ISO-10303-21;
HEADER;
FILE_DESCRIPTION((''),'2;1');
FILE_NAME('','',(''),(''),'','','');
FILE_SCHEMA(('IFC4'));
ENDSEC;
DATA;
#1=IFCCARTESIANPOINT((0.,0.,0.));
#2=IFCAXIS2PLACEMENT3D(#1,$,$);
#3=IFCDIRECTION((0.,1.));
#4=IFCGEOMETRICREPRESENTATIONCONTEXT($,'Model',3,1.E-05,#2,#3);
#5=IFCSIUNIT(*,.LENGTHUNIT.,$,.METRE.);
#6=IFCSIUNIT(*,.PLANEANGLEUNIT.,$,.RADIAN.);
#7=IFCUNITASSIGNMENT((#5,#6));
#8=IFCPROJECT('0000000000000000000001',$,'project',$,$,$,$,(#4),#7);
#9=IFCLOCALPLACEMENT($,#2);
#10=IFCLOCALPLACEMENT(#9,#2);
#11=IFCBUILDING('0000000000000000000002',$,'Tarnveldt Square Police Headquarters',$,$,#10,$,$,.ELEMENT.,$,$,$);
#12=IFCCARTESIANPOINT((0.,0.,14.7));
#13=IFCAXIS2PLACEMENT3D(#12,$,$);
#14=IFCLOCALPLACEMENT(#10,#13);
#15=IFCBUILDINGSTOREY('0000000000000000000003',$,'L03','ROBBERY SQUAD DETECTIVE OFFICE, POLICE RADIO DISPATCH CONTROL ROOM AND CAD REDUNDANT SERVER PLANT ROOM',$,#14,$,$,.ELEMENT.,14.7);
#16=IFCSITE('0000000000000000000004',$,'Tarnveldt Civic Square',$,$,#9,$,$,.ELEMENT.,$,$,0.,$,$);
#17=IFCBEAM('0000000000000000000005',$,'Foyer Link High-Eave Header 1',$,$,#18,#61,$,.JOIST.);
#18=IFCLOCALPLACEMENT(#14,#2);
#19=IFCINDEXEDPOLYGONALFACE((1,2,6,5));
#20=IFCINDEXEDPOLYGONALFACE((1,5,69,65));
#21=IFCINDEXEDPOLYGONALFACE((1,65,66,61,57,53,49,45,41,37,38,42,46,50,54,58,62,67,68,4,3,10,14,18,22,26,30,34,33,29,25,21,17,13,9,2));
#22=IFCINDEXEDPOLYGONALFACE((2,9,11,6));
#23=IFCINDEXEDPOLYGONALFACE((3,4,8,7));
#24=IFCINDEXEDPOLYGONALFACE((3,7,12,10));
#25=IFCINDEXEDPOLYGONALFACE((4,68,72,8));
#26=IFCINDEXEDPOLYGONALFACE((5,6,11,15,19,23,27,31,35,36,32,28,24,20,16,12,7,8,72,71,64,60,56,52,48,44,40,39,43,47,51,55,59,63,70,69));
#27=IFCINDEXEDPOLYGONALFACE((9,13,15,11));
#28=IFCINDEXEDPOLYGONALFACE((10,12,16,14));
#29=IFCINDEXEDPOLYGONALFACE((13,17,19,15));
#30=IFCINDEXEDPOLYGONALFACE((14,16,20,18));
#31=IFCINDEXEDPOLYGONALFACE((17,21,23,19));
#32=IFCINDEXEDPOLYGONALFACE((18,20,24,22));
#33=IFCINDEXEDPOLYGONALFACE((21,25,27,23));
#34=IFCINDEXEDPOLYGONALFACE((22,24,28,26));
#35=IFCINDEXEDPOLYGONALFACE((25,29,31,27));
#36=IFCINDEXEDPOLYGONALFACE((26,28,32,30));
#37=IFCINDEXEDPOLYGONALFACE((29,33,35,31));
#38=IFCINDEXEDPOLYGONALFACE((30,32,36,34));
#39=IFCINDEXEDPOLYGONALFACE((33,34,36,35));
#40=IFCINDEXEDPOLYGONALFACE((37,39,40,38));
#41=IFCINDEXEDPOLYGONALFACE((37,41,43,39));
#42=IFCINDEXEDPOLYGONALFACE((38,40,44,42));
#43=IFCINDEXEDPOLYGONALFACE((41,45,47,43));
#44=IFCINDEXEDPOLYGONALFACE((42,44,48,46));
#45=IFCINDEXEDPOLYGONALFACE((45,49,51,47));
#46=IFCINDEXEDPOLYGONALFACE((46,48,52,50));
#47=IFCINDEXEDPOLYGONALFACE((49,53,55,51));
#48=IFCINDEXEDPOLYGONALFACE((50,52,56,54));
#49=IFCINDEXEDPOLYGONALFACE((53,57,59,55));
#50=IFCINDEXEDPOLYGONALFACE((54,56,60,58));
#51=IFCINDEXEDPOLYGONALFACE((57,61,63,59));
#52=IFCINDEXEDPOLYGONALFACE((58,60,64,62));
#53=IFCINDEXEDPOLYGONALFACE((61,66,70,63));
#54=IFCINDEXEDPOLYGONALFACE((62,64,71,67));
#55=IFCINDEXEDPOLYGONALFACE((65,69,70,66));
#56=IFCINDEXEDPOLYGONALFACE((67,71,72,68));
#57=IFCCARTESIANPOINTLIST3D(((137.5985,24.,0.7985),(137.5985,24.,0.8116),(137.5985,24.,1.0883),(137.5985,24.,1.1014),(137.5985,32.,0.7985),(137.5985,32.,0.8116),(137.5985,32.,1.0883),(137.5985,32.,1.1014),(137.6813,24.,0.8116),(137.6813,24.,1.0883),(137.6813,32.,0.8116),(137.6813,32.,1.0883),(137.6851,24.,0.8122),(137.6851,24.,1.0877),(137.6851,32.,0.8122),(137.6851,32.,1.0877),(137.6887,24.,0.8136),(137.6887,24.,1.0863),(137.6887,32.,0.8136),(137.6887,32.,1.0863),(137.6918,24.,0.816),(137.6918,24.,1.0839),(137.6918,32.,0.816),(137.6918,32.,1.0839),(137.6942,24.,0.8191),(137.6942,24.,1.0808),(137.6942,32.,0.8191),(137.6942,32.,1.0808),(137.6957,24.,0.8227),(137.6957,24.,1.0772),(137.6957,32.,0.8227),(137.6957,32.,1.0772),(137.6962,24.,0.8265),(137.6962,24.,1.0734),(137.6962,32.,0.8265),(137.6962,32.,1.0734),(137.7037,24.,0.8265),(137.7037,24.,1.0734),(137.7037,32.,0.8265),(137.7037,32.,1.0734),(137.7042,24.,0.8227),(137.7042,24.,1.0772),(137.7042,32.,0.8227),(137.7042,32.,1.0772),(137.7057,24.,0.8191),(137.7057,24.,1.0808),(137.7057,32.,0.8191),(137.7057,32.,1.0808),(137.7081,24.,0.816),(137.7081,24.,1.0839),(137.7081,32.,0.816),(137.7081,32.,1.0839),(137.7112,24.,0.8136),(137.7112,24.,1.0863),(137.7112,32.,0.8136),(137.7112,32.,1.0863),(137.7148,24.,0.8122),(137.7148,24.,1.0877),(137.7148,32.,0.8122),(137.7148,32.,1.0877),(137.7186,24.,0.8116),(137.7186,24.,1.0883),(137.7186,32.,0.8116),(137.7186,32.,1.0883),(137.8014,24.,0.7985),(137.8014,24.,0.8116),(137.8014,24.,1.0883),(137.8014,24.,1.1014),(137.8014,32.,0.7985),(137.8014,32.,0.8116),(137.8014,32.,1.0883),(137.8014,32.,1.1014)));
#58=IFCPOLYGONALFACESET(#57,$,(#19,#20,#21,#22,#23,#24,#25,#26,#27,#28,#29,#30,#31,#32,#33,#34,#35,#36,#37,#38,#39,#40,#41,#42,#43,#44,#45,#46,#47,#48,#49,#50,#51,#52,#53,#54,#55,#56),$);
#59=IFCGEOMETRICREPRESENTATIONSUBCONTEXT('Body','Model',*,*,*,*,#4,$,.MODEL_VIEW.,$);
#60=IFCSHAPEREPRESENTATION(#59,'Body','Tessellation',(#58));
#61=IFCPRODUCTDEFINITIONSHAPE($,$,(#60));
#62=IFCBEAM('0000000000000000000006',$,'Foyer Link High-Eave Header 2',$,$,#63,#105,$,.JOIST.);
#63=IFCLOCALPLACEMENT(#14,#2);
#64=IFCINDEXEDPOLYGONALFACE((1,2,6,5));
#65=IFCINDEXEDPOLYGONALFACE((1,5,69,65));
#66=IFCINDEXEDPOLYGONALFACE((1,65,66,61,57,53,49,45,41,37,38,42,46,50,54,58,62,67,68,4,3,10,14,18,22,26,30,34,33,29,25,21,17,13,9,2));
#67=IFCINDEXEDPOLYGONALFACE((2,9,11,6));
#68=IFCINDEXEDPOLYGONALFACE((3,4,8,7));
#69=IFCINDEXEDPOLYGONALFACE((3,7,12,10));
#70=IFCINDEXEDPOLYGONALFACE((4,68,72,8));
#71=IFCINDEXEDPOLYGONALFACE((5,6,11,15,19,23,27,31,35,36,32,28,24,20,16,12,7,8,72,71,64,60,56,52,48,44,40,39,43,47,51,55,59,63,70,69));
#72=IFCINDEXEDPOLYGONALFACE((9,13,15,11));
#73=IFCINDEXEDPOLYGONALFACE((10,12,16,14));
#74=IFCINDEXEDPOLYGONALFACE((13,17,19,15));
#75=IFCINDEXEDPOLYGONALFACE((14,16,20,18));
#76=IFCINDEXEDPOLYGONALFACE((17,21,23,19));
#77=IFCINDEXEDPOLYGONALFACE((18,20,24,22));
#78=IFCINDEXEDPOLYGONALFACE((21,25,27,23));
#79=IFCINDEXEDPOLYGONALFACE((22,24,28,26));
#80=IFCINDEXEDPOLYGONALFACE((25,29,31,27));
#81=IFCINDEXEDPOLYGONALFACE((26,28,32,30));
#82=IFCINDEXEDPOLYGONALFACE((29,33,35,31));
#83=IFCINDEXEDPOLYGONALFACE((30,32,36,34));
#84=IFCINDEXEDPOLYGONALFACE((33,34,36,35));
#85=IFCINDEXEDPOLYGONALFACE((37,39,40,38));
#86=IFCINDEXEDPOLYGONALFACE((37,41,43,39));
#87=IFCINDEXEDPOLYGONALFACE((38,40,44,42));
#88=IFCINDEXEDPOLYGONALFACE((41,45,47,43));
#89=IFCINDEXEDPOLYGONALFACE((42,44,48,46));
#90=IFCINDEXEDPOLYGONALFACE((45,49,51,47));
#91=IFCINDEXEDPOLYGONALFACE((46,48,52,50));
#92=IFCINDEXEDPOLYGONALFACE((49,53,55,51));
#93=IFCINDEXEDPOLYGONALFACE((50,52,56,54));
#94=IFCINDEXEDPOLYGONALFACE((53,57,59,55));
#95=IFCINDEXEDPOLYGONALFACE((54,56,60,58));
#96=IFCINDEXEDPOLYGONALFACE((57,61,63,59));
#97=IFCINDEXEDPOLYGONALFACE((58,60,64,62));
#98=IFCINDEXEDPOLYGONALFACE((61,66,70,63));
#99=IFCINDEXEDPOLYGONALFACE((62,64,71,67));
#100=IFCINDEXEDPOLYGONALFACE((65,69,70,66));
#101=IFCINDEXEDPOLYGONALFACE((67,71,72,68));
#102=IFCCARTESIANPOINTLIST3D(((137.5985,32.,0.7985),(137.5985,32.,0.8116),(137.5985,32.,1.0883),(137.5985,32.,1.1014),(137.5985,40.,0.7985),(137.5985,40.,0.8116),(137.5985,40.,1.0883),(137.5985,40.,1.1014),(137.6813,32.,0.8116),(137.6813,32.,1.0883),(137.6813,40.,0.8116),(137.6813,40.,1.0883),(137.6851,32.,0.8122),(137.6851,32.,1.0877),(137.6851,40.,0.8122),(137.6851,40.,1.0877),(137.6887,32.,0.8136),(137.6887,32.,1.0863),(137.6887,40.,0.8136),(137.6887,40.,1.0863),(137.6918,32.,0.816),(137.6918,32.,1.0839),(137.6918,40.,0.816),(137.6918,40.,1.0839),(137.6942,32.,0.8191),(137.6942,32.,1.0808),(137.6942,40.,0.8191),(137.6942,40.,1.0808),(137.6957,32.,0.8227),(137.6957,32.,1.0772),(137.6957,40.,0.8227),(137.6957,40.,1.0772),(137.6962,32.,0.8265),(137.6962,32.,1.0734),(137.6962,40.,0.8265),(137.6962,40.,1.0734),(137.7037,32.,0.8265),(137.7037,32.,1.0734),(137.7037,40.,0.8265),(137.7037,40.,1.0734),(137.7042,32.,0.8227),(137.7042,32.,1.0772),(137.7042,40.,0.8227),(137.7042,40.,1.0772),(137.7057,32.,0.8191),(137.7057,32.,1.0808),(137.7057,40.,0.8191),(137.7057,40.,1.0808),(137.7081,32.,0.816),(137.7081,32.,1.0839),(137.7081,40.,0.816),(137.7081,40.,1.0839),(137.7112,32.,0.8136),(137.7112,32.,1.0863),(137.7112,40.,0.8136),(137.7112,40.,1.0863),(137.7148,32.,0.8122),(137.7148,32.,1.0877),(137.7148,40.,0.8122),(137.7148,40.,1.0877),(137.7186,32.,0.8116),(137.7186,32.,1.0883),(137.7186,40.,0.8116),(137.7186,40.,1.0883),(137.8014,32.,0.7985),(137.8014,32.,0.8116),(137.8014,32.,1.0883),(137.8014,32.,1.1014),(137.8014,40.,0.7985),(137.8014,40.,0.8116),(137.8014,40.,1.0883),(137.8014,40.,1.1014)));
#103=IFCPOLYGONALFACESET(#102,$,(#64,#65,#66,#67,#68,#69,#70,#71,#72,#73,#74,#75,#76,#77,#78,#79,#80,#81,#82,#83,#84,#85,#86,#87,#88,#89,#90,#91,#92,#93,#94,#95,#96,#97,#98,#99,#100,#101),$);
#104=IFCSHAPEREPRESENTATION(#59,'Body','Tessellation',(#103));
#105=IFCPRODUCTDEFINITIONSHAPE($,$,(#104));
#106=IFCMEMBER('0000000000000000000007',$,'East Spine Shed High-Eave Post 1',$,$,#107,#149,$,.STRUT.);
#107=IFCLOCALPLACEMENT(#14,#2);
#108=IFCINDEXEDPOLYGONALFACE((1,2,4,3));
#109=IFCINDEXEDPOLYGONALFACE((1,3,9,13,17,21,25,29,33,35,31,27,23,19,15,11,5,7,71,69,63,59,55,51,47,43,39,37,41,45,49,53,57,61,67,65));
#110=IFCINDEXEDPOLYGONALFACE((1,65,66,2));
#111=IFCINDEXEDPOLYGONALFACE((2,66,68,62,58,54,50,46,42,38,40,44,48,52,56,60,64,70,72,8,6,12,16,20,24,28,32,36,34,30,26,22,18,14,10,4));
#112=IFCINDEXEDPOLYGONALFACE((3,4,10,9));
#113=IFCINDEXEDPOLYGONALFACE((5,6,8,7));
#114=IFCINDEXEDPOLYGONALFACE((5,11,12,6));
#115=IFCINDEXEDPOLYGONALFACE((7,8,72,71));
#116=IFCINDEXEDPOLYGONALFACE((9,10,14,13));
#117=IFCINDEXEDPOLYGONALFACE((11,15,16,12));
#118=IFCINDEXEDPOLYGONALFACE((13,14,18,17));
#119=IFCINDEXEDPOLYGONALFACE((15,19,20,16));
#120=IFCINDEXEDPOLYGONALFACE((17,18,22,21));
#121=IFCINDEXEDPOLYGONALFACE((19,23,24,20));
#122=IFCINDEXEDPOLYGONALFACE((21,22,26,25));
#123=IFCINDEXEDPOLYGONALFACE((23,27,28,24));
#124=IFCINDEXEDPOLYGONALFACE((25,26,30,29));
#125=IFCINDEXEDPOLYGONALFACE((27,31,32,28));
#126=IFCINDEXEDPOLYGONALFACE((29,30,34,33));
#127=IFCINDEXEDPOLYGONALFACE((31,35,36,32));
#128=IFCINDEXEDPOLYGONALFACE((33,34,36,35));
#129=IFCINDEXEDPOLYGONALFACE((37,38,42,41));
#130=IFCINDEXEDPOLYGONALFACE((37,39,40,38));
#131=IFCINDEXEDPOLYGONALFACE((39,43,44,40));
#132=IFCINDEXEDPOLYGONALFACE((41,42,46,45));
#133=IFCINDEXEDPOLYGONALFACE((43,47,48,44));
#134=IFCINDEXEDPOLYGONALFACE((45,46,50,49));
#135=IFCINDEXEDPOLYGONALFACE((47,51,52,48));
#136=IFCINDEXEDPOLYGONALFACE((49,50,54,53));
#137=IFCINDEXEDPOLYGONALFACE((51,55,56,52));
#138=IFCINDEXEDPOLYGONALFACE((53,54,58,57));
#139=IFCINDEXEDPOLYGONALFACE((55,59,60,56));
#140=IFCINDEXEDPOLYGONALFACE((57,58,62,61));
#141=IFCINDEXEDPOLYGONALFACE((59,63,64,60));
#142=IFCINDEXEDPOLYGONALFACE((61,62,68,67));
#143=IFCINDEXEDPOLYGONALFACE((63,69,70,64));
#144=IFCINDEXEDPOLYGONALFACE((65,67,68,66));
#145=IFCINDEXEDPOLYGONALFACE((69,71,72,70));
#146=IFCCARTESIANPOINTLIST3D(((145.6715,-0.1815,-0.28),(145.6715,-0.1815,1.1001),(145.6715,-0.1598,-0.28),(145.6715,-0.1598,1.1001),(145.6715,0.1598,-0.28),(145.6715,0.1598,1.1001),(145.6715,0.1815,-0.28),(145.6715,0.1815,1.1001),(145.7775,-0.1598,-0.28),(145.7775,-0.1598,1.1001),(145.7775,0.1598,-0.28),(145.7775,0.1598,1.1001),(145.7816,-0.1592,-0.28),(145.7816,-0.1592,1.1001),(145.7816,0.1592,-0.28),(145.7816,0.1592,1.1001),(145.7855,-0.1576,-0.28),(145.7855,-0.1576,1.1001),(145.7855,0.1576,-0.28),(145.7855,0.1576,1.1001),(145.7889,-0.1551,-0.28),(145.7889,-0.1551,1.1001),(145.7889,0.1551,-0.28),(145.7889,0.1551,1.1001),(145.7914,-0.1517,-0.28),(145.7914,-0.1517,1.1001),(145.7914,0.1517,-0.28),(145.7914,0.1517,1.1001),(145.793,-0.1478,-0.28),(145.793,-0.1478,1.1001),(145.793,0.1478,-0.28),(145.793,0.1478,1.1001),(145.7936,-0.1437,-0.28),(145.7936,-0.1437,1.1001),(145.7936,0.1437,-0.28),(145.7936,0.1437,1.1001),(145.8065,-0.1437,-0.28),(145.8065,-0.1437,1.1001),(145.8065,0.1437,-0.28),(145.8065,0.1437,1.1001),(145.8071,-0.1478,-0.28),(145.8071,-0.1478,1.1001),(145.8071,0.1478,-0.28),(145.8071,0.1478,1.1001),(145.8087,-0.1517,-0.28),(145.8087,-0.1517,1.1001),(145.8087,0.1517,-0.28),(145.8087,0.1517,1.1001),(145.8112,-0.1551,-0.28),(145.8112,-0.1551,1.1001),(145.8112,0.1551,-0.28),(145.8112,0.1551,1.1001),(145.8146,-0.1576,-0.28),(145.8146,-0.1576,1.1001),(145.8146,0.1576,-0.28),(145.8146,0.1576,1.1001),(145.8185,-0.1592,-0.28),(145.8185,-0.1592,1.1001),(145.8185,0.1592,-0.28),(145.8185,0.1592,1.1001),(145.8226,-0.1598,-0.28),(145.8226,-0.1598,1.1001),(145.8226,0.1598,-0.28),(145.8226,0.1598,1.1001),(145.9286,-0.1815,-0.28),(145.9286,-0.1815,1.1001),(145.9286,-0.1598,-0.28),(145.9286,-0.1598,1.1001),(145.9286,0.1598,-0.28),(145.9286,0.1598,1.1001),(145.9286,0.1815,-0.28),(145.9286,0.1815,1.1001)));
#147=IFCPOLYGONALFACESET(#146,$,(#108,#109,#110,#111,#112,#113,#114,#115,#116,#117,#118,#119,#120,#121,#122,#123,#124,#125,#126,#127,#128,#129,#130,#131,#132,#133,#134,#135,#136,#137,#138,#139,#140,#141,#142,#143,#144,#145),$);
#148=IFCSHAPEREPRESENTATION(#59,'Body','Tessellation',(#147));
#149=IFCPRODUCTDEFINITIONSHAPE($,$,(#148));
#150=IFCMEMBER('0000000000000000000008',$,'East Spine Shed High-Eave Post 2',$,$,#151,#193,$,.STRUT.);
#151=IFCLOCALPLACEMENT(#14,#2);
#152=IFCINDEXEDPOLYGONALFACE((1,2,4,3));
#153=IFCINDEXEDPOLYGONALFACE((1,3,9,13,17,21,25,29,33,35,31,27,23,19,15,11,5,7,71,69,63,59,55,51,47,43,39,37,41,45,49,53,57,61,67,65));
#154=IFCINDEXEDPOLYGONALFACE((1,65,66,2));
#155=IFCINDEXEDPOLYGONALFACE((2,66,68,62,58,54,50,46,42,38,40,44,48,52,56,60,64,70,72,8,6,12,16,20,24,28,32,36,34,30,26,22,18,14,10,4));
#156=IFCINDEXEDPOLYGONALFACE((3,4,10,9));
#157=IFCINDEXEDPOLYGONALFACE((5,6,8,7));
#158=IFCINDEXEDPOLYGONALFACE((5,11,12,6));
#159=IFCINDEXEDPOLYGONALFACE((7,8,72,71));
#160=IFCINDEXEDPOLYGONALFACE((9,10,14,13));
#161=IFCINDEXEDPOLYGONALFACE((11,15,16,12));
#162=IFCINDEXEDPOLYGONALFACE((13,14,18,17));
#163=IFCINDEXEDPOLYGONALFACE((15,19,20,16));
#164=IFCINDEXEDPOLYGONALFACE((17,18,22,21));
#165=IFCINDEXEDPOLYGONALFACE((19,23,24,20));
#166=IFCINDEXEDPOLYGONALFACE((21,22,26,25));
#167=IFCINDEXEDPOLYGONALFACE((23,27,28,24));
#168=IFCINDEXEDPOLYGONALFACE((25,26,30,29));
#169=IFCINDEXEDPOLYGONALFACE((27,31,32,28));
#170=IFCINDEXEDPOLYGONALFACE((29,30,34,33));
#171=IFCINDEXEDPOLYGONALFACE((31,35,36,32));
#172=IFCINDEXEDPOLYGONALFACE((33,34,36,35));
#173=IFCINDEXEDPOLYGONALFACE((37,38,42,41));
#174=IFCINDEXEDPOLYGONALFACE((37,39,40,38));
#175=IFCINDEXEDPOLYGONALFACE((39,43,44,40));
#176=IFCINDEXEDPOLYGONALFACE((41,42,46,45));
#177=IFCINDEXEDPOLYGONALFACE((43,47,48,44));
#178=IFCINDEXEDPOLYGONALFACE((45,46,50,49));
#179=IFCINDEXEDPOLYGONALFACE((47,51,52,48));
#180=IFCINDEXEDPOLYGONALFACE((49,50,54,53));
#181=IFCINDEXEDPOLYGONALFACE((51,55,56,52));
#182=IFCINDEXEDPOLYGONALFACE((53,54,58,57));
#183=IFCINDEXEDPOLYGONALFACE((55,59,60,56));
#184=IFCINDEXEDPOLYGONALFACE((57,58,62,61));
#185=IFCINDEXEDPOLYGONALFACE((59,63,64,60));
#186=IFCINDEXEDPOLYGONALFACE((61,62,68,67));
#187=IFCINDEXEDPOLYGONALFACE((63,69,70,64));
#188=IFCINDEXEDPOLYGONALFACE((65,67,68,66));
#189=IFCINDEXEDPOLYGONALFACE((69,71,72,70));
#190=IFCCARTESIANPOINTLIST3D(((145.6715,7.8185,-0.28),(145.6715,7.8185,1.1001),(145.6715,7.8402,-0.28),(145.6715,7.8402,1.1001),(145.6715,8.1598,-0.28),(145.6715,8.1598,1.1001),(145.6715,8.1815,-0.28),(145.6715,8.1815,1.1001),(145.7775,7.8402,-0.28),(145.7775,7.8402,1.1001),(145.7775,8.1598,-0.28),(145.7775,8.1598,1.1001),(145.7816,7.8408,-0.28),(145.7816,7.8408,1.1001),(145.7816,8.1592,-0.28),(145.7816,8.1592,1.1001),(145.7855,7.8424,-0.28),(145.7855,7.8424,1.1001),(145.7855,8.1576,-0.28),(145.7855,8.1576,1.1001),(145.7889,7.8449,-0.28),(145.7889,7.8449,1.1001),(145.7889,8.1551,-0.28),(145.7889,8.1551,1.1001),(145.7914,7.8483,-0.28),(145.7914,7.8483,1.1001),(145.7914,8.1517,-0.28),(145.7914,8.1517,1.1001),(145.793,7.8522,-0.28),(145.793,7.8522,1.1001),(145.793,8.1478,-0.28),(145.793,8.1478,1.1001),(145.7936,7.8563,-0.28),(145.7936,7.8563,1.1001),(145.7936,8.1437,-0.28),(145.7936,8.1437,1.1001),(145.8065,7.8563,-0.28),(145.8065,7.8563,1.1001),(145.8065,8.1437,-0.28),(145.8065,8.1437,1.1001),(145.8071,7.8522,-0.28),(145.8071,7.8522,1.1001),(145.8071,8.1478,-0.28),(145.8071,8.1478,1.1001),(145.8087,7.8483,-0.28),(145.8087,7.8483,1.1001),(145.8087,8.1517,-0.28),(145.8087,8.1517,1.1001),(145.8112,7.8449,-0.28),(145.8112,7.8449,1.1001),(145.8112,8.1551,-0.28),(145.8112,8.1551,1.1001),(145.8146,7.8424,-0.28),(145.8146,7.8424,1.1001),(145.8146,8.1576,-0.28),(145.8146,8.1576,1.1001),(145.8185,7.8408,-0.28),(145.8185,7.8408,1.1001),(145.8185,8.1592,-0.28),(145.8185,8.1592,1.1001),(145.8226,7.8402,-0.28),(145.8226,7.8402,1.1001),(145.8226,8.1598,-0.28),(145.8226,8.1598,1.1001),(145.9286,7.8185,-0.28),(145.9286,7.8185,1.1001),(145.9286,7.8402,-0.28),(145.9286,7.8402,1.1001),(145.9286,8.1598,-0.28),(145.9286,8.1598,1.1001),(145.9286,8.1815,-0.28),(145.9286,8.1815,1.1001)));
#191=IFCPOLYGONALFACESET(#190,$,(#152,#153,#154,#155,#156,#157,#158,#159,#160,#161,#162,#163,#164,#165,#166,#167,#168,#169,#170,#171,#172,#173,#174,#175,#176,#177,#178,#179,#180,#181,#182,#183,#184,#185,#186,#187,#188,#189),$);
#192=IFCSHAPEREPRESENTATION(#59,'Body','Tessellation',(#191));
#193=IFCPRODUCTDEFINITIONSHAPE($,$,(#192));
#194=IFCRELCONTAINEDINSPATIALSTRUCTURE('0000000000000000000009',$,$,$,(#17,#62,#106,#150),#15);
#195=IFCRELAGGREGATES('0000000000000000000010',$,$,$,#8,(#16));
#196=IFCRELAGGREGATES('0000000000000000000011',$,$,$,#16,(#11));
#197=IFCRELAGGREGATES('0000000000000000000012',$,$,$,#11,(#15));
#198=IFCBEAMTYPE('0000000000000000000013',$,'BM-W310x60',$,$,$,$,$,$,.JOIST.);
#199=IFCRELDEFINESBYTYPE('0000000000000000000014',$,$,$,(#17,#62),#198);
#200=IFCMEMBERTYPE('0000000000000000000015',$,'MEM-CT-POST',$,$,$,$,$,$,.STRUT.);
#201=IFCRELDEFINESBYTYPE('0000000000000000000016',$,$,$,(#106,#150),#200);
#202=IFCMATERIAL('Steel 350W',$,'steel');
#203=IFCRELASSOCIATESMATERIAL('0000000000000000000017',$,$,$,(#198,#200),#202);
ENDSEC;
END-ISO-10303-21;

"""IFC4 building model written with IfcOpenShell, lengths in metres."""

from ifc_helpers import new_model, si_unit, direction, frame, origin, origin_2d, place, context, subcontext, project, spatial, i_section, extrude, material, material_profile, profile_set, type_object, element, save


model = new_model("IFC4")

# Units and contexts
model_context = context("Model", 3, precision=1e-05, world=origin(), true_north=direction((0.0, 1.0)))
body_context = subcontext(model_context, "Body", "Model", "MODEL_VIEW")
ifc_project = project(units=[si_unit("LENGTHUNIT", "METRE"), si_unit("PLANEANGLEUNIT", "RADIAN")], contexts=[model_context])

# Site, building, storey
site_placement = place(None, origin())
site = spatial("IfcSite", under=ifc_project, at=site_placement, Name="Tarnveldt Civic Square", CompositionType="ELEMENT", RefElevation=0.0)
building_placement = place(site_placement, origin())
building = spatial("IfcBuilding", under=site, at=building_placement, Name="Tarnveldt Square Police Headquarters", CompositionType="ELEMENT")
storey_placement = place(building_placement, frame((0.0, 0.0, 14.7)))
storey = spatial("IfcBuildingStorey", under=building, at=storey_placement, Name="L03", Description="ROBBERY SQUAD DETECTIVE OFFICE, POLICE RADIO DISPATCH CONTROL ROOM AND CAD REDUNDANT SERVER PLANT ROOM", CompositionType="ELEMENT", Elevation=14.7)

# Beams
ifc_material_1 = material(Name="Steel 350W", Category="steel")
ifc_material_profile_1 = material_profile(ifc_material_1, i_section(OverallWidth=0.2029, OverallDepth=0.303, WebThickness=0.0076, FlangeThickness=0.0132, FilletRadius=0.0149, at=origin_2d()), Name="W310x60")
ifc_profile_set_1 = profile_set([ifc_material_profile_1], Name="Steel 350W")
beam_type = type_object("IfcBeamType", Name="BM-W310x60", PredefinedType="JOIST", material=ifc_profile_set_1)
for number, where, z_axis, x_axis, name in (
    (1, (137.7, 24.0, 0.95), (0.0, 1.0, 0.0), (-1.0, 0.0, 0.0), "Foyer Link High-Eave Header 1"),
    (2, (137.7, 32.0, 0.95), (0.0, 1.0, 0.0), (-1.0, 0.0, 0.0), "Foyer Link High-Eave Header 2"),
):
    element("IfcBeam", number, at=place(storey_placement, frame(where, z_axis=z_axis, x_axis=x_axis)), inside=storey, type_object=beam_type, Name=name, PredefinedType="JOIST", context=body_context, shape_type="SweptSolid", body=[
        extrude(i_section(OverallWidth=0.2029, OverallDepth=0.303, WebThickness=0.0076, FlangeThickness=0.0132, FilletRadius=0.0149, at=origin_2d()), origin(), (0.0, 0.0, 1.0), 8.0),
    ])

# Members
ifc_material_profile_2 = material_profile(ifc_material_1, i_section(OverallWidth=0.2571, OverallDepth=0.363, WebThickness=0.0129, FlangeThickness=0.0217, FilletRadius=0.0161, at=origin_2d()), Name="W360x122")
ifc_profile_set_2 = profile_set([ifc_material_profile_2], Name="Steel 350W")
member_type_1 = type_object("IfcMemberType", Name="MEM-CT-POST", PredefinedType="STRUT", material=ifc_profile_set_2)
for number, where, z_axis, x_axis, name in (
    (3, (145.8, 0.0, -0.28), (0.0, 0.0, 1.0), (1.0, 0.0, 0.0), "East Spine Shed High-Eave Post 1"),
    (4, (145.8, 8.0, -0.28), (0.0, 0.0, 1.0), (1.0, 0.0, 0.0), "East Spine Shed High-Eave Post 2"),
):
    element("IfcMember", number, at=place(storey_placement, frame(where, z_axis=z_axis, x_axis=x_axis)), inside=storey, type_object=member_type_1, Name=name, PredefinedType="STRUT", context=body_context, shape_type="SweptSolid", body=[
        extrude(i_section(OverallWidth=0.2571, OverallDepth=0.363, WebThickness=0.0129, FlangeThickness=0.0217, FilletRadius=0.0161, at=origin_2d()), origin(), (0.0, 0.0, 1.0), 1.3801),
    ])

save(model, "model.ifc")
